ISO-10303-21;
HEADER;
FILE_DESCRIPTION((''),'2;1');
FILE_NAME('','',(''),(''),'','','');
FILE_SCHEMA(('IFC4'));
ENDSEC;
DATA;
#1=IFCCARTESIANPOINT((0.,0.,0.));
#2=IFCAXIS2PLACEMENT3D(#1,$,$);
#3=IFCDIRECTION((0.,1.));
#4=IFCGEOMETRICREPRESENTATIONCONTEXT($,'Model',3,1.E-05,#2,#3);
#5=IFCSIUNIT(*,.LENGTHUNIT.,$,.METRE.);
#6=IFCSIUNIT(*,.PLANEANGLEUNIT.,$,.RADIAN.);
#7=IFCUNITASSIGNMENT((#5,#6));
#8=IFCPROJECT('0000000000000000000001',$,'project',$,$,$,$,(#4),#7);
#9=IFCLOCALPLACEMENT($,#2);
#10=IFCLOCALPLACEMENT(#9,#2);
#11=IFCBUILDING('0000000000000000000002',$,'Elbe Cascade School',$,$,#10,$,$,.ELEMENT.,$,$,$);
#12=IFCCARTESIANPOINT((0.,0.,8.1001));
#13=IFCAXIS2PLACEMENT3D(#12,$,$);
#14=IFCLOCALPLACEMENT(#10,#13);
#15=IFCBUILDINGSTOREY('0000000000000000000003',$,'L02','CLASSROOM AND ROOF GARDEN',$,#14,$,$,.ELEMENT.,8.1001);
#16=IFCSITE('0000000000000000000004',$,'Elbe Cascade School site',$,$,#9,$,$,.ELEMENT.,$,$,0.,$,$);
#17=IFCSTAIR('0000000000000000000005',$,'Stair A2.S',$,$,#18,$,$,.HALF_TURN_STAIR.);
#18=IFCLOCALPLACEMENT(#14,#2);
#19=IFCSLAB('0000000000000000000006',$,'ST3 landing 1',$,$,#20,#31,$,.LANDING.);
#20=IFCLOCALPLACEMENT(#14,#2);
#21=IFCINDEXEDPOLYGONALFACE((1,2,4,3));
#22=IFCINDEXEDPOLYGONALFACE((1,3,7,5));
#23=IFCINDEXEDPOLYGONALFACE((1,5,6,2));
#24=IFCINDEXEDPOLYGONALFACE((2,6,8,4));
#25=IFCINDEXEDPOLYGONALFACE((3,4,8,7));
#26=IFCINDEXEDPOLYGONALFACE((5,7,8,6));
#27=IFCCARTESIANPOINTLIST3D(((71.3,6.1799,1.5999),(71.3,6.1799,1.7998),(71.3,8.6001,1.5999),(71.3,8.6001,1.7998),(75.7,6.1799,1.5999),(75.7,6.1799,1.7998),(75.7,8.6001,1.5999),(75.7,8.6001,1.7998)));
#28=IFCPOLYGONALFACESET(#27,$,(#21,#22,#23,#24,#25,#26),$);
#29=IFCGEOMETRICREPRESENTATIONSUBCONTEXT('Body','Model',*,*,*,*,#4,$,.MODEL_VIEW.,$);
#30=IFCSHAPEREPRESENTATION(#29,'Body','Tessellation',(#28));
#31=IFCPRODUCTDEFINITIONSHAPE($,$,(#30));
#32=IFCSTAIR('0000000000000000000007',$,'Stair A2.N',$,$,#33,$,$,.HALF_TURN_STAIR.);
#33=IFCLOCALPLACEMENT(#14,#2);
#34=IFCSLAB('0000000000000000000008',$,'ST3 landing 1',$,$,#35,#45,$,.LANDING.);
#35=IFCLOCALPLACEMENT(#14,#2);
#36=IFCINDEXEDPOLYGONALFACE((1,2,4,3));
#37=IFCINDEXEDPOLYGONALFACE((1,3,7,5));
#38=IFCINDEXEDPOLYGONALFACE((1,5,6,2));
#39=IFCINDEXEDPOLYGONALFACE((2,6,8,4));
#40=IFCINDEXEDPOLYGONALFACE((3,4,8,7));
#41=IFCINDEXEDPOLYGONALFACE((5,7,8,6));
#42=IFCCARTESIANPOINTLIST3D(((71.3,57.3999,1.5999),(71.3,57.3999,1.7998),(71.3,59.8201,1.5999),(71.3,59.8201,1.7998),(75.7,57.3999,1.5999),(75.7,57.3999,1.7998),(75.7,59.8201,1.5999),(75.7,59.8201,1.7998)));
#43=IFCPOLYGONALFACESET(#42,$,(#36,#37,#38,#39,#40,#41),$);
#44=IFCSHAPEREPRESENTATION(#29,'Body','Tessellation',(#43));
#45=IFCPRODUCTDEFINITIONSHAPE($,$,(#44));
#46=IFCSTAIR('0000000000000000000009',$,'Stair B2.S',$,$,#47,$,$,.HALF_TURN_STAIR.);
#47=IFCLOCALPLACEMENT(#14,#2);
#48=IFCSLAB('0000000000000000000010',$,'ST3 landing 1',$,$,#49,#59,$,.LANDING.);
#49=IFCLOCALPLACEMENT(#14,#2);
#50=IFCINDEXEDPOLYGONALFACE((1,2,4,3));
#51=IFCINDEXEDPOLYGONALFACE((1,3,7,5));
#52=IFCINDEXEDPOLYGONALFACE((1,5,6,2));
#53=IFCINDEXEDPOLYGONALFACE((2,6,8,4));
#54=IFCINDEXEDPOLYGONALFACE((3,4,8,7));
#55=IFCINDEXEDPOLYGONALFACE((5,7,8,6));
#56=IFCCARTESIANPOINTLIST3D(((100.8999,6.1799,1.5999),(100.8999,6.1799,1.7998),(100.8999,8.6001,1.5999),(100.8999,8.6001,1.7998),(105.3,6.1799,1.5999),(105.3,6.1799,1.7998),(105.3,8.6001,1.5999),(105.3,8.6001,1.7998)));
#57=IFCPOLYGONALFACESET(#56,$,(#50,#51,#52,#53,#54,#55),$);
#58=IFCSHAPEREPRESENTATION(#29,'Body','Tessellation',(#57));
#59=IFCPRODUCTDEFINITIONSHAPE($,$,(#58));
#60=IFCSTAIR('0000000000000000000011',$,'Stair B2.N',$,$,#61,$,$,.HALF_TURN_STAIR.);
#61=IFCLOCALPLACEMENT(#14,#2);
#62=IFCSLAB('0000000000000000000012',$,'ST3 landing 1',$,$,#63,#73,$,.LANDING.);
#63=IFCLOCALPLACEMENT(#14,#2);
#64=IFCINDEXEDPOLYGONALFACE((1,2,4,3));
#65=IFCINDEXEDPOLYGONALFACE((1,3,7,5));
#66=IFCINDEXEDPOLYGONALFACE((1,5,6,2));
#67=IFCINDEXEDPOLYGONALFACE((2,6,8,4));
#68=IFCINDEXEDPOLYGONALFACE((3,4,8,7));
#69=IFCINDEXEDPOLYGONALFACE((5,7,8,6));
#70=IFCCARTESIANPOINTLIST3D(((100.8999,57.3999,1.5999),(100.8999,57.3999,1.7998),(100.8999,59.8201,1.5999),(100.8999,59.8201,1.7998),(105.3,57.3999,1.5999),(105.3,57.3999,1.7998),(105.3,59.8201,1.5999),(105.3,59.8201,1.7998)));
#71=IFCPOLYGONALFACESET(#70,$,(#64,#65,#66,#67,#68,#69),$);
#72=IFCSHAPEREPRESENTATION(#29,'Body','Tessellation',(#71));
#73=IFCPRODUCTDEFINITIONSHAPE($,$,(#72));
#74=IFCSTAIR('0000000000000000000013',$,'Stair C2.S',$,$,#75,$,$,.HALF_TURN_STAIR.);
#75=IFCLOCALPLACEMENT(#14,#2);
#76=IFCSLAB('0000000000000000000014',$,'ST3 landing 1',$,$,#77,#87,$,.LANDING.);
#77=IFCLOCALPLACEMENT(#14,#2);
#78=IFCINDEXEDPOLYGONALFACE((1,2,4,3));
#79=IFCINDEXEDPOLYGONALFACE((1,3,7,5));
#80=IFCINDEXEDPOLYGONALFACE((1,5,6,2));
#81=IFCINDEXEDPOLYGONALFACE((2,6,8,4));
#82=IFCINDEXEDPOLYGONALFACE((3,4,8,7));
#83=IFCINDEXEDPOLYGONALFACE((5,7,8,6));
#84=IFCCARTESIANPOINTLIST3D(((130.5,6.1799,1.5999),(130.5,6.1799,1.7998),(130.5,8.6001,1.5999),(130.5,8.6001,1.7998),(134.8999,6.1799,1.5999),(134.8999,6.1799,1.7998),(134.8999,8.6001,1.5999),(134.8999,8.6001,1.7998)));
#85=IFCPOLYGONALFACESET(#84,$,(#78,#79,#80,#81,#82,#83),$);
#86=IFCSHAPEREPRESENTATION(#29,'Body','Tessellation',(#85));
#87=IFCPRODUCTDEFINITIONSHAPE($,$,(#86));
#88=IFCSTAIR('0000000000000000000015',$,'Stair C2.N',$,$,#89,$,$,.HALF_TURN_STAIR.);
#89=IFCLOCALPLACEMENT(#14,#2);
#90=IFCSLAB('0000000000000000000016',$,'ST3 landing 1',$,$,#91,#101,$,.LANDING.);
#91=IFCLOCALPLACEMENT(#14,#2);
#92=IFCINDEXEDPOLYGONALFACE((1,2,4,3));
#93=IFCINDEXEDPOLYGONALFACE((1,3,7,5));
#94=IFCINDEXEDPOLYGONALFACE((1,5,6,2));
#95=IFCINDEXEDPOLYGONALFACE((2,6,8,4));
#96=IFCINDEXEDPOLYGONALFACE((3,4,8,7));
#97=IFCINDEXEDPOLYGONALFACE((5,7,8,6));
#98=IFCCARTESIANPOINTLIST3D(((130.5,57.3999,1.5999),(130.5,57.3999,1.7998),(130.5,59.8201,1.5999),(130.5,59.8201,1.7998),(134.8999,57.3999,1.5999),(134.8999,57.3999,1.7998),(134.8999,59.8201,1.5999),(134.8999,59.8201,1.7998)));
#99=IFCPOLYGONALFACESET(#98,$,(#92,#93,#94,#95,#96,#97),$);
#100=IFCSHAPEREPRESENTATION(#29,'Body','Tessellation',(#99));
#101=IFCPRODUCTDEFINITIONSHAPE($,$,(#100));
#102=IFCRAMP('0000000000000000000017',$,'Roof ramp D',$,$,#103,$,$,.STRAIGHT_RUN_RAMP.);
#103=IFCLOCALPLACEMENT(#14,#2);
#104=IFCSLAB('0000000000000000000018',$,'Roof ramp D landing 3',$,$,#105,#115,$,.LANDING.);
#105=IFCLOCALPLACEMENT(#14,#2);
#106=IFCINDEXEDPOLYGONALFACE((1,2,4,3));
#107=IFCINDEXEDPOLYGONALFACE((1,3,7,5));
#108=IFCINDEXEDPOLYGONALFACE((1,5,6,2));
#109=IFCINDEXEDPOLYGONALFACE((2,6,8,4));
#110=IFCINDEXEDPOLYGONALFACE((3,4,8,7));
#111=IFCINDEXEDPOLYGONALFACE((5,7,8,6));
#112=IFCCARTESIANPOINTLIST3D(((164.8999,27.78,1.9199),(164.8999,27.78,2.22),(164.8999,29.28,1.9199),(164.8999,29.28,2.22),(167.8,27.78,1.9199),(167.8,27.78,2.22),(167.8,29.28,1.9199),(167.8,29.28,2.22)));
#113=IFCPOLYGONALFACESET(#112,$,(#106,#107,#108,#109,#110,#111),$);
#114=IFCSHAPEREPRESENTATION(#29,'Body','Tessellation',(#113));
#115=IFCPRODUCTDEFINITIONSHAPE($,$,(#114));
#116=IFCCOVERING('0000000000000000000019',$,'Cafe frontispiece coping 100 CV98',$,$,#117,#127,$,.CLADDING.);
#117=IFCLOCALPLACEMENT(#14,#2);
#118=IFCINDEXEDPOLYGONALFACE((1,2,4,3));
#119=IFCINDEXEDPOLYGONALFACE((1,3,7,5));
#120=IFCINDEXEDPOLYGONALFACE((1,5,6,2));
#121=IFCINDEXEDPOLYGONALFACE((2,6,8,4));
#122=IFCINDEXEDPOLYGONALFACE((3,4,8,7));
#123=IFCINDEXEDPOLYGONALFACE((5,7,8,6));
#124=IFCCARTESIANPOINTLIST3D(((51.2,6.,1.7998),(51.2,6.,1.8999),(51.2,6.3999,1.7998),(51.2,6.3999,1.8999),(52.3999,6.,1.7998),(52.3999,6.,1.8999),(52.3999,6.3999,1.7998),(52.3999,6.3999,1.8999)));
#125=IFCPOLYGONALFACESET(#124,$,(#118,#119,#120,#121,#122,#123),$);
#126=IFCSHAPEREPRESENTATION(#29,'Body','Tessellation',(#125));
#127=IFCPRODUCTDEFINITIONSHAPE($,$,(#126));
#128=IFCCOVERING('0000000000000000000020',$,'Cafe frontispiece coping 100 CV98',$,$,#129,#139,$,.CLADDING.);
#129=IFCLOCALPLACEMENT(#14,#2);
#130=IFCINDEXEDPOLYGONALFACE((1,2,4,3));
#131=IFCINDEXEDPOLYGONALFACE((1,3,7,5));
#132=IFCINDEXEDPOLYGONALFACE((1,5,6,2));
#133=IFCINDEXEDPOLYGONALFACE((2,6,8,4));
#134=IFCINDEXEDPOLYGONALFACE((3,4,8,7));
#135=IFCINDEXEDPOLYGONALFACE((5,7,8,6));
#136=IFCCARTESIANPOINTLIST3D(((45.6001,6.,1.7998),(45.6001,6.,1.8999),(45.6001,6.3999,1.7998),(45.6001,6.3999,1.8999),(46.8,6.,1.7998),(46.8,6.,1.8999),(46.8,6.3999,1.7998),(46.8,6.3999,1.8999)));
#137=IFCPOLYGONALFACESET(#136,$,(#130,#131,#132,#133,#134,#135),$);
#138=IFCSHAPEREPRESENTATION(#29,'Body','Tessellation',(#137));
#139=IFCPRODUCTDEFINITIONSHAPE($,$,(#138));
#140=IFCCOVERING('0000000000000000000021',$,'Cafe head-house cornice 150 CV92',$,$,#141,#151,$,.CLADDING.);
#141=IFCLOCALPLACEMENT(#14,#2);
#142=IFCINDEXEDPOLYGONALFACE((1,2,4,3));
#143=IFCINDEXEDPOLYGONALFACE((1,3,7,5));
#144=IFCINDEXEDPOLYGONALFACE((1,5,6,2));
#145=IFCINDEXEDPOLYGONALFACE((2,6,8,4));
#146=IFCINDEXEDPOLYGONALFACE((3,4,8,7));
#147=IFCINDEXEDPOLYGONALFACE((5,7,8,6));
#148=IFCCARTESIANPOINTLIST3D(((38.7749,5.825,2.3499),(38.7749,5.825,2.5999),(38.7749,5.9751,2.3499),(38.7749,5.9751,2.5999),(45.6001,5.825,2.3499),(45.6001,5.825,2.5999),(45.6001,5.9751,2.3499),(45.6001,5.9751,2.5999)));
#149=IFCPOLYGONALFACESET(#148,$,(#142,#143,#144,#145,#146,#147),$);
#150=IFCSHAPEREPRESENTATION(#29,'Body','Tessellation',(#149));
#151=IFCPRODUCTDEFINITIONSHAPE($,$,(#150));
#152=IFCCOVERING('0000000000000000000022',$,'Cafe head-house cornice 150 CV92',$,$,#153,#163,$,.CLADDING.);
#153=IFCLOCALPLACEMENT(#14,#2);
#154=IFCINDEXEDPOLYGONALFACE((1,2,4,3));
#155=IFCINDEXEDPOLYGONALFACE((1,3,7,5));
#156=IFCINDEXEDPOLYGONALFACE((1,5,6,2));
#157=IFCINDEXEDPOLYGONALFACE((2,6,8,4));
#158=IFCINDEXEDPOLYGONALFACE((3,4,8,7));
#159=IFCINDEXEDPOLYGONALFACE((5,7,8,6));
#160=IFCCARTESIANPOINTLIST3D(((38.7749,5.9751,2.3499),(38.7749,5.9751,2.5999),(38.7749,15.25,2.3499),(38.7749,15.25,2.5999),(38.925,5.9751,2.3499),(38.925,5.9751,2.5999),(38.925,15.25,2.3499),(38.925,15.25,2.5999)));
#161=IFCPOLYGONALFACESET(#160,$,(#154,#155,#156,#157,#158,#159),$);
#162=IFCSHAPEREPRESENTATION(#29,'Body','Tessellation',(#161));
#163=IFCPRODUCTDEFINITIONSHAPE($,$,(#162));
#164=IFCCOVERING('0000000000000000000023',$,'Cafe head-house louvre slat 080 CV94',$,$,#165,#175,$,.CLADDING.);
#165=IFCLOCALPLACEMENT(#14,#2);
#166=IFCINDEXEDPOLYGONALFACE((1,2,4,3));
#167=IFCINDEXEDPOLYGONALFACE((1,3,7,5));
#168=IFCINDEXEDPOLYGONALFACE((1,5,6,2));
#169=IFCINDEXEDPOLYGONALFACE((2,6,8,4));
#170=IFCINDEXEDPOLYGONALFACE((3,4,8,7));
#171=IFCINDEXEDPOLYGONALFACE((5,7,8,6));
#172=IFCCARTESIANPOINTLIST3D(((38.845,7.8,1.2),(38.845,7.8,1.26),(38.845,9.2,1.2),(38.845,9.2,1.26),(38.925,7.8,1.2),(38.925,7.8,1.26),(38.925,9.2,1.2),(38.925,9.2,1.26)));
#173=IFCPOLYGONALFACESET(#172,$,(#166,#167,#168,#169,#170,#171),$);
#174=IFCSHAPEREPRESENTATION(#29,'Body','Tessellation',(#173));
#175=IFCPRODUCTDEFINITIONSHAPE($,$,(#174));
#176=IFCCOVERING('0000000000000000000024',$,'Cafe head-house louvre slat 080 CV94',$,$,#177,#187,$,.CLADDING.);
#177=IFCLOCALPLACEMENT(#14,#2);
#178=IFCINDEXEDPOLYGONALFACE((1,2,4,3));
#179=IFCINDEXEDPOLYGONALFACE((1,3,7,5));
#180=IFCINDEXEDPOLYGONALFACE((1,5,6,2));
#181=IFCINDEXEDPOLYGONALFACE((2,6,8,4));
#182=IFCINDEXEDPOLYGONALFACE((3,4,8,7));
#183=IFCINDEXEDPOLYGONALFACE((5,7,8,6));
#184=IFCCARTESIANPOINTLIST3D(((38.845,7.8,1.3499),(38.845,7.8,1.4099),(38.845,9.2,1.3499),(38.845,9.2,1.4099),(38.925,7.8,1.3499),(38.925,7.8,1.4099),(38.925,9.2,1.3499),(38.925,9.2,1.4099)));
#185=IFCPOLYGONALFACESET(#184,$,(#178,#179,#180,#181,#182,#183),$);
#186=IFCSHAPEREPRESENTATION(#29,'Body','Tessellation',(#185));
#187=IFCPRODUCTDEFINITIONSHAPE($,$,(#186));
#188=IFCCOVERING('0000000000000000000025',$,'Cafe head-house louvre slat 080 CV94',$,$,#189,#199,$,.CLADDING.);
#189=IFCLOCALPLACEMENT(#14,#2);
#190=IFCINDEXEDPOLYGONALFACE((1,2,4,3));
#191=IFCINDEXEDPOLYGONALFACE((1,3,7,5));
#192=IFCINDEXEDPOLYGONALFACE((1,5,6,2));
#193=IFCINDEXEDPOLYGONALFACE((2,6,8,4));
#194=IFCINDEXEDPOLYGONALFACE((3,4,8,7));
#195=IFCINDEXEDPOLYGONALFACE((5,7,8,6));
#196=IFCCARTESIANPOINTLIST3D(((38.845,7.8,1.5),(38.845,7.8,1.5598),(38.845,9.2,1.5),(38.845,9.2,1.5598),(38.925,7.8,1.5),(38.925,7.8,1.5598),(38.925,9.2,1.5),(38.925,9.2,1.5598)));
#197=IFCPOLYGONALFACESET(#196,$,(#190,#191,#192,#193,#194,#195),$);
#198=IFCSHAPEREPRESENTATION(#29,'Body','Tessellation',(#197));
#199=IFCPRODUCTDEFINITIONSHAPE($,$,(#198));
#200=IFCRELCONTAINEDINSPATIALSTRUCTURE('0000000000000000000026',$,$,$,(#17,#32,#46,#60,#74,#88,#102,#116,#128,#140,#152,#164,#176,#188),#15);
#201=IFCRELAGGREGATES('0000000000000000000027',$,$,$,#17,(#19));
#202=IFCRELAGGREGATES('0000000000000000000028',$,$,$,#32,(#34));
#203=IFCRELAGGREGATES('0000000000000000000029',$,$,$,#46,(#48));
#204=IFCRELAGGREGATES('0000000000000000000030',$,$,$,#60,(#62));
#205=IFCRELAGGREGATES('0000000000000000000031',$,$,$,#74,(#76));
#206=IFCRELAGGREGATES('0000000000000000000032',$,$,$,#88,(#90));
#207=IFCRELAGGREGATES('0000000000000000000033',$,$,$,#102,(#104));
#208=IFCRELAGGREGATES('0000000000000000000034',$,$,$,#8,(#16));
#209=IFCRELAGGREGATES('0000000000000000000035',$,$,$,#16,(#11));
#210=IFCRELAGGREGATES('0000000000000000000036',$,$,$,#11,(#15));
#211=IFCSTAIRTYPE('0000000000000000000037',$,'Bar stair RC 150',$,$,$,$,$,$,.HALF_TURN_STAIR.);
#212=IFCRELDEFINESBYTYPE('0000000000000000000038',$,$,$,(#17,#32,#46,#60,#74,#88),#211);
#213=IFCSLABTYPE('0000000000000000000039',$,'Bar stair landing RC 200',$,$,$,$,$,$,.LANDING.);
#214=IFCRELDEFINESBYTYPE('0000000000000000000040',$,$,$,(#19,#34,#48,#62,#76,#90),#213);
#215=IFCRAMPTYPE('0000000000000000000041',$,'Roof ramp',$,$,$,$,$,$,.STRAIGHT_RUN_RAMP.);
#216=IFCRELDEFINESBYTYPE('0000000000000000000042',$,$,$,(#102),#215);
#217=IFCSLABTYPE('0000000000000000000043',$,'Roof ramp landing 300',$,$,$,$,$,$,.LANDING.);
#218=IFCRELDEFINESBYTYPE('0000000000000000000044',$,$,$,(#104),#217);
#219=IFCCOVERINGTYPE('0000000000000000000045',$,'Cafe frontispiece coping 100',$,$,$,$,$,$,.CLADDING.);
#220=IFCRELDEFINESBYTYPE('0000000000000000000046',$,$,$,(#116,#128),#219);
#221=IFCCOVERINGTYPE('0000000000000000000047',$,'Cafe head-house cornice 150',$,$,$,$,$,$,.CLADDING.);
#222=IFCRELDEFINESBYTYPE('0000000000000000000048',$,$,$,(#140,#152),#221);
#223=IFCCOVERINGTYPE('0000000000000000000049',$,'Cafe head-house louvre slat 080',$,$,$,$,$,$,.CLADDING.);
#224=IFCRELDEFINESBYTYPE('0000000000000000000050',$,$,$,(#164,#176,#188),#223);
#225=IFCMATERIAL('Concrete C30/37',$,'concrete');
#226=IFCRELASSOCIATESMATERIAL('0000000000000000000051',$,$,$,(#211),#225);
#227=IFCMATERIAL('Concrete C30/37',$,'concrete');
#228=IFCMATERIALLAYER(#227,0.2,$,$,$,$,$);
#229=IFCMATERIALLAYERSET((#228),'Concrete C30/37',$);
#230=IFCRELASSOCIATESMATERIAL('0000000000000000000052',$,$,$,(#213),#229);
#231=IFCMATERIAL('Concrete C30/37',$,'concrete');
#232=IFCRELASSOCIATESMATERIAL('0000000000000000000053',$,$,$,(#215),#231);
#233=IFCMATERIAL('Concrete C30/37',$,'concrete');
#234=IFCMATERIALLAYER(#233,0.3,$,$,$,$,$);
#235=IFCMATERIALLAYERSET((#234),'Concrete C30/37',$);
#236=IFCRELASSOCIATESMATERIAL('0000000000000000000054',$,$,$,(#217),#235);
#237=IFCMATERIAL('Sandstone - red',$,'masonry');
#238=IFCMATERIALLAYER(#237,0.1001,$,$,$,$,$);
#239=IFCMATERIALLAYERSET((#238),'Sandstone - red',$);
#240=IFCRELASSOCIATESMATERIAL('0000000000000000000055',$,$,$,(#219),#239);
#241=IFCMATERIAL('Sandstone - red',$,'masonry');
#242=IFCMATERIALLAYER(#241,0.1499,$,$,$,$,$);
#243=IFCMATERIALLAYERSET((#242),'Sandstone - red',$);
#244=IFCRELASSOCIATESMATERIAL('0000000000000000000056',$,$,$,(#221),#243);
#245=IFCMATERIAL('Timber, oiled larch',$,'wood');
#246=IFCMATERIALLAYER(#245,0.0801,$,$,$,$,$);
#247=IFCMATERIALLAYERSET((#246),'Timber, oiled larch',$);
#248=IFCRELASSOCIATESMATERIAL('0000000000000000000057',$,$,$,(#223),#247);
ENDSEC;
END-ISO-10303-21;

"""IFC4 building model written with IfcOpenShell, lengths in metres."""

from ifc_helpers import new_model, si_unit, direction, frame, origin, place, context, subcontext, project, spatial, polyline, outline, extrude, material, layer, layer_set, type_object, element, aggregate, save


model = new_model("IFC4")

# Units and contexts
model_context = context("Model", 3, precision=1e-05, world=origin(), true_north=direction((0.0, 1.0)))
body_context = subcontext(model_context, "Body", "Model", "MODEL_VIEW")
ifc_project = project(units=[si_unit("LENGTHUNIT", "METRE"), si_unit("PLANEANGLEUNIT", "RADIAN")], contexts=[model_context])

# Site, building, storey
site_placement = place(None, origin())
site = spatial("IfcSite", under=ifc_project, at=site_placement, Name="Elbe Cascade School site", CompositionType="ELEMENT", RefElevation=0.0)
building_placement = place(site_placement, origin())
building = spatial("IfcBuilding", under=site, at=building_placement, Name="Elbe Cascade School", CompositionType="ELEMENT")
storey_placement = place(building_placement, frame((0.0, 0.0, 8.1001)))
storey = spatial("IfcBuildingStorey", under=building, at=storey_placement, Name="L02", Description="CLASSROOM AND ROOF GARDEN", CompositionType="ELEMENT", Elevation=8.1001)

# Stairs, slabs
ifc_material_1 = material(Name="Concrete C30/37", Category="concrete")
stair_type = type_object("IfcStairType", Name="Bar stair RC 150", PredefinedType="HALF_TURN_STAIR", material=ifc_material_1)
stair_1_placement = place(storey_placement, origin())
stair_1 = element("IfcStair", 1, at=stair_1_placement, inside=storey, type_object=stair_type, Name="Stair A2.S", PredefinedType="HALF_TURN_STAIR")
ifc_material_2 = material(Name="Concrete C30/37", Category="concrete")
ifc_layer_1 = layer(ifc_material_2, 0.2)
ifc_layer_set_1 = layer_set([ifc_layer_1], Name="Concrete C30/37")
slab_type_1 = type_object("IfcSlabType", Name="Bar stair landing RC 200", PredefinedType="LANDING", material=ifc_layer_set_1)
slab_1_placement = place(storey_placement, frame((0.0, 0.0, 1.5999)))
slab_1 = element("IfcSlab", 2, at=slab_1_placement, type_object=slab_type_1, Name="ST3 landing 1", PredefinedType="LANDING", context=body_context, shape_type="SweptSolid", body=[
    extrude(outline(polyline([(71.3, 6.1799), (75.7, 6.1799), (75.7, 8.6001), (71.3, 8.6001), (71.3, 6.1799)])), origin(), (0.0, 0.0, 1.0), 0.2),
])
aggregate(stair_1, [slab_1])
stair_2_placement = place(storey_placement, origin())
stair_2 = element("IfcStair", 3, at=stair_2_placement, inside=storey, type_object=stair_type, Name="Stair A2.N", PredefinedType="HALF_TURN_STAIR")
slab_2_placement = place(storey_placement, frame((0.0, 0.0, 1.5999)))
slab_2 = element("IfcSlab", 4, at=slab_2_placement, type_object=slab_type_1, Name="ST3 landing 1", PredefinedType="LANDING", context=body_context, shape_type="SweptSolid", body=[
    extrude(outline(polyline([(71.3, 57.3999), (75.7, 57.3999), (75.7, 59.8201), (71.3, 59.8201), (71.3, 57.3999)])), origin(), (0.0, 0.0, 1.0), 0.2),
])
aggregate(stair_2, [slab_2])
stair_3_placement = place(storey_placement, origin())
stair_3 = element("IfcStair", 5, at=stair_3_placement, inside=storey, type_object=stair_type, Name="Stair B2.S", PredefinedType="HALF_TURN_STAIR")
slab_3_placement = place(storey_placement, frame((0.0, 0.0, 1.5999)))
slab_3 = element("IfcSlab", 6, at=slab_3_placement, type_object=slab_type_1, Name="ST3 landing 1", PredefinedType="LANDING", context=body_context, shape_type="SweptSolid", body=[
    extrude(outline(polyline([(100.8999, 6.1799), (105.3, 6.1799), (105.3, 8.6001), (100.8999, 8.6001), (100.8999, 6.1799)])), origin(), (0.0, 0.0, 1.0), 0.2),
])
aggregate(stair_3, [slab_3])
stair_4_placement = place(storey_placement, origin())
stair_4 = element("IfcStair", 7, at=stair_4_placement, inside=storey, type_object=stair_type, Name="Stair B2.N", PredefinedType="HALF_TURN_STAIR")
slab_4_placement = place(storey_placement, frame((0.0, 0.0, 1.5999)))
slab_4 = element("IfcSlab", 8, at=slab_4_placement, type_object=slab_type_1, Name="ST3 landing 1", PredefinedType="LANDING", context=body_context, shape_type="SweptSolid", body=[
    extrude(outline(polyline([(100.8999, 57.3999), (105.3, 57.3999), (105.3, 59.8201), (100.8999, 59.8201), (100.8999, 57.3999)])), origin(), (0.0, 0.0, 1.0), 0.2),
])
aggregate(stair_4, [slab_4])
stair_5_placement = place(storey_placement, origin())
stair_5 = element("IfcStair", 9, at=stair_5_placement, inside=storey, type_object=stair_type, Name="Stair C2.S", PredefinedType="HALF_TURN_STAIR")
slab_5_placement = place(storey_placement, frame((0.0, 0.0, 1.5999)))
slab_5 = element("IfcSlab", 10, at=slab_5_placement, type_object=slab_type_1, Name="ST3 landing 1", PredefinedType="LANDING", context=body_context, shape_type="SweptSolid", body=[
    extrude(outline(polyline([(130.5, 6.1799), (134.8999, 6.1799), (134.8999, 8.6001), (130.5, 8.6001), (130.5, 6.1799)])), origin(), (0.0, 0.0, 1.0), 0.2),
])
aggregate(stair_5, [slab_5])
stair_6_placement = place(storey_placement, origin())
stair_6 = element("IfcStair", 11, at=stair_6_placement, inside=storey, type_object=stair_type, Name="Stair C2.N", PredefinedType="HALF_TURN_STAIR")
slab_6_placement = place(storey_placement, frame((0.0, 0.0, 1.5999)))
slab_6 = element("IfcSlab", 12, at=slab_6_placement, type_object=slab_type_1, Name="ST3 landing 1", PredefinedType="LANDING", context=body_context, shape_type="SweptSolid", body=[
    extrude(outline(polyline([(130.5, 57.3999), (134.8999, 57.3999), (134.8999, 59.8201), (130.5, 59.8201), (130.5, 57.3999)])), origin(), (0.0, 0.0, 1.0), 0.2),
])
aggregate(stair_6, [slab_6])

# Ramp, slab
ifc_material_3 = material(Name="Concrete C30/37", Category="concrete")
ramp_type = type_object("IfcRampType", Name="Roof ramp", PredefinedType="STRAIGHT_RUN_RAMP", material=ifc_material_3)
ramp_placement = place(storey_placement, origin())
ramp = element("IfcRamp", 13, at=ramp_placement, inside=storey, type_object=ramp_type, Name="Roof ramp D", PredefinedType="STRAIGHT_RUN_RAMP")
ifc_material_4 = material(Name="Concrete C30/37", Category="concrete")
ifc_layer_2 = layer(ifc_material_4, 0.3)
ifc_layer_set_2 = layer_set([ifc_layer_2], Name="Concrete C30/37")
slab_type_2 = type_object("IfcSlabType", Name="Roof ramp landing 300", PredefinedType="LANDING", material=ifc_layer_set_2)
slab_7_placement = place(storey_placement, frame((0.0, 0.0, 1.9199)))
slab_7 = element("IfcSlab", 14, at=slab_7_placement, type_object=slab_type_2, Name="Roof ramp D landing 3", PredefinedType="LANDING", context=body_context, shape_type="SweptSolid", body=[
    extrude(outline(polyline([(167.8, 27.78), (167.8, 29.28), (164.8999, 29.28), (164.8999, 27.78), (167.8, 27.78)])), origin(), (0.0, 0.0, 1.0), 0.3),
])
aggregate(ramp, [slab_7])

# Coverings
ifc_material_5 = material(Name="Sandstone - red", Category="masonry")
ifc_layer_3 = layer(ifc_material_5, 0.1001)
ifc_layer_set_3 = layer_set([ifc_layer_3], Name="Sandstone - red")
covering_type_1 = type_object("IfcCoveringType", Name="Cafe frontispiece coping 100", PredefinedType="CLADDING", material=ifc_layer_set_3)
covering_1_placement = place(storey_placement, frame((0.0, 0.0, 1.7998)))
element("IfcCovering", 15, at=covering_1_placement, inside=storey, type_object=covering_type_1, Name="Cafe frontispiece coping 100 CV98", PredefinedType="CLADDING", context=body_context, shape_type="SweptSolid", body=[
    extrude(outline(polyline([(51.2, 6.0), (52.3999, 6.0), (52.3999, 6.3999), (51.2, 6.3999), (51.2, 6.0)])), origin(), (0.0, 0.0, 1.0), 0.1001),
])
covering_2_placement = place(storey_placement, frame((0.0, 0.0, 1.7998)))
element("IfcCovering", 16, at=covering_2_placement, inside=storey, type_object=covering_type_1, Name="Cafe frontispiece coping 100 CV98", PredefinedType="CLADDING", context=body_context, shape_type="SweptSolid", body=[
    extrude(outline(polyline([(45.6001, 6.0), (46.8, 6.0), (46.8, 6.3999), (45.6001, 6.3999), (45.6001, 6.0)])), origin(), (0.0, 0.0, 1.0), 0.1001),
])
ifc_material_6 = material(Name="Sandstone - red", Category="masonry")
ifc_layer_4 = layer(ifc_material_6, 0.1499)
ifc_layer_set_4 = layer_set([ifc_layer_4], Name="Sandstone - red")
covering_type_2 = type_object("IfcCoveringType", Name="Cafe head-house cornice 150", PredefinedType="CLADDING", material=ifc_layer_set_4)
covering_3_placement = place(storey_placement, frame((0.0, 0.0, 2.3499)))
element("IfcCovering", 17, at=covering_3_placement, inside=storey, type_object=covering_type_2, Name="Cafe head-house cornice 150 CV92", PredefinedType="CLADDING", context=body_context, shape_type="SweptSolid", body=[
    extrude(outline(polyline([(38.7749, 5.825), (45.6001, 5.825), (45.6001, 5.9751), (38.7749, 5.9751), (38.7749, 5.825)])), origin(), (0.0, 0.0, 1.0), 0.25),
])
covering_4_placement = place(storey_placement, frame((0.0, 0.0, 2.3499)))
element("IfcCovering", 18, at=covering_4_placement, inside=storey, type_object=covering_type_2, Name="Cafe head-house cornice 150 CV92", PredefinedType="CLADDING", context=body_context, shape_type="SweptSolid", body=[
    extrude(outline(polyline([(38.7749, 5.9751), (38.925, 5.9751), (38.925, 15.25), (38.7749, 15.25), (38.7749, 5.9751)])), origin(), (0.0, 0.0, 1.0), 0.25),
])
ifc_material_7 = material(Name="Timber, oiled larch", Category="wood")
ifc_layer_5 = layer(ifc_material_7, 0.0801)
ifc_layer_set_5 = layer_set([ifc_layer_5], Name="Timber, oiled larch")
covering_type_3 = type_object("IfcCoveringType", Name="Cafe head-house louvre slat 080", PredefinedType="CLADDING", material=ifc_layer_set_5)
for number, where, name in (
    (19, (0.0, 0.0, 1.2), "Cafe head-house louvre slat 080 CV94"),
    (20, (0.0, 0.0, 1.3499), "Cafe head-house louvre slat 080 CV94"),
):
    element("IfcCovering", number, at=place(storey_placement, frame(where)), inside=storey, type_object=covering_type_3, Name=name, PredefinedType="CLADDING", context=body_context, shape_type="SweptSolid", body=[
        extrude(outline(polyline([(38.845, 7.8), (38.925, 7.8), (38.925, 9.2), (38.845, 9.2), (38.845, 7.8)])), origin(), (0.0, 0.0, 1.0), 0.0601),
    ])
covering_5_placement = place(storey_placement, frame((0.0, 0.0, 1.5)))
element("IfcCovering", 21, at=covering_5_placement, inside=storey, type_object=covering_type_3, Name="Cafe head-house louvre slat 080 CV94", PredefinedType="CLADDING", context=body_context, shape_type="SweptSolid", body=[
    extrude(outline(polyline([(38.845, 7.8), (38.925, 7.8), (38.925, 9.2), (38.845, 9.2), (38.845, 7.8)])), origin(), (0.0, 0.0, 1.0), 0.0598),
])

save(model, "model.ifc")
